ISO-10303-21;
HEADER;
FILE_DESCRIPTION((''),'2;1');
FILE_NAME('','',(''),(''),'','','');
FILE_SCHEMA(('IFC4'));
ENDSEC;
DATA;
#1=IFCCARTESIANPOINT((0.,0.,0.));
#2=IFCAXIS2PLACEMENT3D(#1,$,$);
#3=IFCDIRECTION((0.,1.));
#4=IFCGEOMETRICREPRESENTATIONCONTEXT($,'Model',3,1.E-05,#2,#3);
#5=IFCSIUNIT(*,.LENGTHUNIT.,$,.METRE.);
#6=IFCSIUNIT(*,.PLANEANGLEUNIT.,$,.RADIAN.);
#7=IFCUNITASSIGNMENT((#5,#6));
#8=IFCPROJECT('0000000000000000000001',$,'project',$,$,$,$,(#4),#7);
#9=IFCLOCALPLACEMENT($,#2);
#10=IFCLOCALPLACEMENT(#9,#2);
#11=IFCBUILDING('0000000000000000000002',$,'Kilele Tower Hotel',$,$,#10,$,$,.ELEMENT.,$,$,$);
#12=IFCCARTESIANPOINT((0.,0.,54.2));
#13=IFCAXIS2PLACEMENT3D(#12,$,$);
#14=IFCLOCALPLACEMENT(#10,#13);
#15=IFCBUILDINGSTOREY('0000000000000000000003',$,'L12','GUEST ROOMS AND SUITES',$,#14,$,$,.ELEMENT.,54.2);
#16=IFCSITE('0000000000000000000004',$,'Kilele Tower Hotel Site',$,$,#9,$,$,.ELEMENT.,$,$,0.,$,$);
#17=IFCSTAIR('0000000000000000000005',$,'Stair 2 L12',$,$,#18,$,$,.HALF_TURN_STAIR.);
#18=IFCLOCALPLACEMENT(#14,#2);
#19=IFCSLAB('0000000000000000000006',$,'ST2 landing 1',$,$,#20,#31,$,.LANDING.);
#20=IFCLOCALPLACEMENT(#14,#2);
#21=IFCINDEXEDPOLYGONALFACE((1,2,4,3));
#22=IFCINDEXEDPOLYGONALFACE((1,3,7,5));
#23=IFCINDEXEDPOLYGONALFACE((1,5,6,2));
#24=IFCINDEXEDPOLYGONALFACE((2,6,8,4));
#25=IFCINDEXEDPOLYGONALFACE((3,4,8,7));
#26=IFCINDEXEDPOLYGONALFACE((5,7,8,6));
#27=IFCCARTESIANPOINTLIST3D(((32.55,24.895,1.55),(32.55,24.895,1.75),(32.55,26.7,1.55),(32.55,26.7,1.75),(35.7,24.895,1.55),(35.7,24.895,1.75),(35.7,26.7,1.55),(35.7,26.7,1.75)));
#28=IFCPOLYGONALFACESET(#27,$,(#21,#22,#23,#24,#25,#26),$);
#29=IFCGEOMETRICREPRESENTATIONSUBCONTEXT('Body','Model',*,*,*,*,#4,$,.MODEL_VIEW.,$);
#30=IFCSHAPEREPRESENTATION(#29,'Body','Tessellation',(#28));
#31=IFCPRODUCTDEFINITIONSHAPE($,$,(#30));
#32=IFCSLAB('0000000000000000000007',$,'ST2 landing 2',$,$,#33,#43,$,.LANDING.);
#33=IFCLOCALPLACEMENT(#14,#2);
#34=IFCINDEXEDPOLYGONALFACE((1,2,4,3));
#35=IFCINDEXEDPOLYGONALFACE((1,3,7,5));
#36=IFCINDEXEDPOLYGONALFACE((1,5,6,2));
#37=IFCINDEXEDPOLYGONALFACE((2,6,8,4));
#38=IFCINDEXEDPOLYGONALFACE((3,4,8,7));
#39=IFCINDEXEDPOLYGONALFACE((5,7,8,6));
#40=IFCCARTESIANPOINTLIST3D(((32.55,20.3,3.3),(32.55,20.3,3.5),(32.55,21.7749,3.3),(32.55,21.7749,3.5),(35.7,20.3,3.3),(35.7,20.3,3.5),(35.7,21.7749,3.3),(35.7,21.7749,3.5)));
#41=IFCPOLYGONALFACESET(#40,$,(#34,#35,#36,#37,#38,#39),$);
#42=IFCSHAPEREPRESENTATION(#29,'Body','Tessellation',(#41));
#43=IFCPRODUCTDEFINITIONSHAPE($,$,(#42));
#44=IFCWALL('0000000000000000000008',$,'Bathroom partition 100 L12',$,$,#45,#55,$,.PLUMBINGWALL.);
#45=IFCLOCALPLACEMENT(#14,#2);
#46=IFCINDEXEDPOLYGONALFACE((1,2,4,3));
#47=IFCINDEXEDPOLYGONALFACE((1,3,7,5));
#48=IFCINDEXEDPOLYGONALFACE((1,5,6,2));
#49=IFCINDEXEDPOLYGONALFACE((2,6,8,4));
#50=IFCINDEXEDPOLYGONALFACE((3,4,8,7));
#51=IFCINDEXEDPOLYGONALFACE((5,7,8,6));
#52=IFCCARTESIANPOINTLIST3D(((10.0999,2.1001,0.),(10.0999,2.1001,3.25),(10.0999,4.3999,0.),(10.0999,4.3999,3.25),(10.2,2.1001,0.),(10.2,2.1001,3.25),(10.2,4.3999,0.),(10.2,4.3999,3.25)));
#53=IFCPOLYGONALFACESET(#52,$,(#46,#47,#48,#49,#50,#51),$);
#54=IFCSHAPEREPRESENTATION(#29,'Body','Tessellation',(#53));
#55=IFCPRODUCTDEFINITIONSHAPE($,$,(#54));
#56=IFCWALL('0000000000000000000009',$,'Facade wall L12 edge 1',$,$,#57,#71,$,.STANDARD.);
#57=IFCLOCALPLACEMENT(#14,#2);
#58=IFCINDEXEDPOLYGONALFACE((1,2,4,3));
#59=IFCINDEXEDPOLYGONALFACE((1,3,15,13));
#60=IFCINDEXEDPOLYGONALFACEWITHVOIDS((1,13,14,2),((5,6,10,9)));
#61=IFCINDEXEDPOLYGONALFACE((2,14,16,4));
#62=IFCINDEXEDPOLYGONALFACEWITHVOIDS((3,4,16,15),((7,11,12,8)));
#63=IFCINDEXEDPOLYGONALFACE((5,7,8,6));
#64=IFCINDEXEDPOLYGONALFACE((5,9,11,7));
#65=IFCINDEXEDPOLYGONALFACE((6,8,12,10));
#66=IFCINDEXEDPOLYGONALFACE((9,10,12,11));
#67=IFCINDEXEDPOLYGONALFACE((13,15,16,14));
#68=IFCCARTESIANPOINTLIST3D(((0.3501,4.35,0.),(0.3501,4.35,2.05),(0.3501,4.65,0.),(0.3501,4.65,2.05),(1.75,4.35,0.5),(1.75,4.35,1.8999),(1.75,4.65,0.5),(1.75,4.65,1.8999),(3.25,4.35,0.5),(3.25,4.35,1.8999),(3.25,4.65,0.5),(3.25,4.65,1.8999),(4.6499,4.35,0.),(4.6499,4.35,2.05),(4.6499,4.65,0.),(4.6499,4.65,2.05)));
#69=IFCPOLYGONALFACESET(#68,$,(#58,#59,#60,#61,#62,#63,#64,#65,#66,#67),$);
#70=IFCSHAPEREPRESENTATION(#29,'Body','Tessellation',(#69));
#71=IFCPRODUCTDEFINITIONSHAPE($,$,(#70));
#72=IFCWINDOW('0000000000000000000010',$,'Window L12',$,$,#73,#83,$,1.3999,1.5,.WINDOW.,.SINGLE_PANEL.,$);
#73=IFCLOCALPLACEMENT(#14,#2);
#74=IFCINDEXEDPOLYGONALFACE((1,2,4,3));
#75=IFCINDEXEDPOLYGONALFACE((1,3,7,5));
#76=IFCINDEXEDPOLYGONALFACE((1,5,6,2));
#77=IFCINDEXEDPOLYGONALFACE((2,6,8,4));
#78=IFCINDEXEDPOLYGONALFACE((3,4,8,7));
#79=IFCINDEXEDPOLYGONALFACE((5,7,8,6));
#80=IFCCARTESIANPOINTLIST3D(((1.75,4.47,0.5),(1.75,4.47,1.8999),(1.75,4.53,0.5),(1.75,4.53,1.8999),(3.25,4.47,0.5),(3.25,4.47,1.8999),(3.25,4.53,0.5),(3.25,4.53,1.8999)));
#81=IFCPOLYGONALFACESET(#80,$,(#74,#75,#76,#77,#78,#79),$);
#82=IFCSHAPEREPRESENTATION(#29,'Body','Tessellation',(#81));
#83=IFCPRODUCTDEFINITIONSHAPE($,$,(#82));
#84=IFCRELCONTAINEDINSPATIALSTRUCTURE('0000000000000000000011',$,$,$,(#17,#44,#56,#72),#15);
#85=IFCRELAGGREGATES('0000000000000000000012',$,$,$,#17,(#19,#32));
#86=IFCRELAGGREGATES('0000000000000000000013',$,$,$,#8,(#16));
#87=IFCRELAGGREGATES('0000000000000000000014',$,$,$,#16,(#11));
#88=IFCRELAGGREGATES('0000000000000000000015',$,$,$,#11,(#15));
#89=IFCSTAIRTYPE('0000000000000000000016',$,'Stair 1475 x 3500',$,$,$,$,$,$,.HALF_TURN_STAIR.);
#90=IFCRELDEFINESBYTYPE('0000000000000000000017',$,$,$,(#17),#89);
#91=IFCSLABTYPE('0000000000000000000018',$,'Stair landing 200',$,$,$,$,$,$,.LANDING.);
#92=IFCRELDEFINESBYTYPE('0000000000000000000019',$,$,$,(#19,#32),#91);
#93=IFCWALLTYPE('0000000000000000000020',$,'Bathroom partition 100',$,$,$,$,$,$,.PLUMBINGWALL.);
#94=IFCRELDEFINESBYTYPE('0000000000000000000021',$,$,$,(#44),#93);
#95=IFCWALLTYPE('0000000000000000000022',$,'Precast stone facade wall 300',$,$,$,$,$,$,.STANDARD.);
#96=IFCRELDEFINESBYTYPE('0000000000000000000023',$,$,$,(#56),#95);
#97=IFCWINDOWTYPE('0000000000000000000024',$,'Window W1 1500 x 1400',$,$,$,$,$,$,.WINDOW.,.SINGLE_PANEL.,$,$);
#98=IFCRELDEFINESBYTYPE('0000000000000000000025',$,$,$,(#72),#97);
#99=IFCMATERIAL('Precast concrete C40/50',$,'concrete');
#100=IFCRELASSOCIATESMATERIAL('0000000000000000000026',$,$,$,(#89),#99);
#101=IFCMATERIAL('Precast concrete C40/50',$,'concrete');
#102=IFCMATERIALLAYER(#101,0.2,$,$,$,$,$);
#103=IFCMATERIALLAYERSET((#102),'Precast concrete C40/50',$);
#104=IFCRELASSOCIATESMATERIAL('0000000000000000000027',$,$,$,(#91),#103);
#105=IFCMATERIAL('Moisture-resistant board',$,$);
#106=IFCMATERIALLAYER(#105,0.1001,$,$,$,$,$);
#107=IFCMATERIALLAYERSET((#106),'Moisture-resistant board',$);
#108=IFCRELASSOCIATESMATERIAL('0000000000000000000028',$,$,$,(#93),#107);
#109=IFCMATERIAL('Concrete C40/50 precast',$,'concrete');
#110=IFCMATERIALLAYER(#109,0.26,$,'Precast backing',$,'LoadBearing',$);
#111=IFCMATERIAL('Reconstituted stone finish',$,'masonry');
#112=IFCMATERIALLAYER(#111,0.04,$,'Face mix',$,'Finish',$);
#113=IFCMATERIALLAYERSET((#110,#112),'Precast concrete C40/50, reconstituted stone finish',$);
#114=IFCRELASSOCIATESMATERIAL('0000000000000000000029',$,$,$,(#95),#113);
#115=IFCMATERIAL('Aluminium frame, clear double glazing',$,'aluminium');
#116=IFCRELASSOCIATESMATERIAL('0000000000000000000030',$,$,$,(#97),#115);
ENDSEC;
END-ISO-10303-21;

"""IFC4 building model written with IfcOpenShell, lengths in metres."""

from ifc_helpers import new_model, si_unit, direction, frame, frame_2d, origin, place, context, subcontext, project, spatial, polyline, rectangle, outline, extrude, material, layer, layer_set, type_object, element, fill, aggregate, save


model = new_model("IFC4")

# Units and contexts
model_context = context("Model", 3, precision=1e-05, world=origin(), true_north=direction((0.0, 1.0)))
body_context = subcontext(model_context, "Body", "Model", "MODEL_VIEW")
ifc_project = project(units=[si_unit("LENGTHUNIT", "METRE"), si_unit("PLANEANGLEUNIT", "RADIAN")], contexts=[model_context])

# Site, building, storey
site_placement = place(None, origin())
site = spatial("IfcSite", under=ifc_project, at=site_placement, Name="Kilele Tower Hotel Site", CompositionType="ELEMENT", RefElevation=0.0)
building_placement = place(site_placement, origin())
building = spatial("IfcBuilding", under=site, at=building_placement, Name="Kilele Tower Hotel", CompositionType="ELEMENT")
storey_placement = place(building_placement, frame((0.0, 0.0, 54.2)))
storey = spatial("IfcBuildingStorey", under=building, at=storey_placement, Name="L12", Description="GUEST ROOMS AND SUITES", CompositionType="ELEMENT", Elevation=54.2)

# Stair, slabs
ifc_material_1 = material(Name="Precast concrete C40/50", Category="concrete")
stair_type = type_object("IfcStairType", Name="Stair 1475 x 3500", PredefinedType="HALF_TURN_STAIR", material=ifc_material_1)
ifc_material_2 = material(Name="Precast concrete C40/50", Category="concrete")
ifc_layer_1 = layer(ifc_material_2, 0.2)
ifc_layer_set_1 = layer_set([ifc_layer_1], Name="Precast concrete C40/50")
slab_type_1 = type_object("IfcSlabType", Name="Stair landing 200", PredefinedType="LANDING", material=ifc_layer_set_1)
stair_1_placement = place(storey_placement, origin())
stair_1 = element("IfcStair", 1, at=stair_1_placement, inside=storey, type_object=stair_type, Name="Stair 2 L12", PredefinedType="HALF_TURN_STAIR")
slab_1_placement = place(storey_placement, frame((0.0, 0.0, 1.55)))
slab_1 = element("IfcSlab", 2, at=slab_1_placement, type_object=slab_type_1, Name="ST2 landing 1", PredefinedType="LANDING", context=body_context, shape_type="SweptSolid", body=[
    extrude(outline(polyline([(32.55, 24.895), (35.7, 24.895), (35.7, 26.7), (32.55, 26.7), (32.55, 24.895)])), origin(), (0.0, 0.0, 1.0), 0.2),
])
slab_2_placement = place(storey_placement, frame((0.0, 0.0, 3.3)))
slab_2 = element("IfcSlab", 3, at=slab_2_placement, type_object=slab_type_1, Name="ST2 landing 2", PredefinedType="LANDING", context=body_context, shape_type="SweptSolid", body=[
    extrude(outline(polyline([(32.55, 20.3), (35.7, 20.3), (35.7, 21.7749), (32.55, 21.7749), (32.55, 20.3)])), origin(), (0.0, 0.0, 1.0), 0.2),
])
aggregate(stair_1, [slab_1, slab_2])

# Wall
ifc_material_3 = material(Name="Moisture-resistant board")
ifc_layer_2 = layer(ifc_material_3, 0.1001)
ifc_layer_set_2 = layer_set([ifc_layer_2], Name="Moisture-resistant board")
wall_type_1 = type_object("IfcWallType", Name="Bathroom partition 100", PredefinedType="PLUMBINGWALL", material=ifc_layer_set_2)
wall_1_placement = place(storey_placement, frame((10.1499, 4.3999, 0.0), z_axis=(0.0, 0.0, 1.0), x_axis=(0.0, -1.0, 0.0)))
element("IfcWall", 4, at=wall_1_placement, inside=storey, type_object=wall_type_1, Name="Bathroom partition 100 L12", PredefinedType="PLUMBINGWALL", context=body_context, shape_type="SweptSolid", body=[
    extrude(rectangle(XDim=2.2998, YDim=0.1001, at=frame_2d((1.1499, 0.0))), origin(), (0.0, 0.0, 1.0), 3.25),
])

# Wall, opening, window
ifc_material_4 = material(Name="Concrete C40/50 precast", Category="concrete")
ifc_layer_3 = layer(ifc_material_4, 0.26, Name="Precast backing", Category="LoadBearing")
ifc_material_5 = material(Name="Reconstituted stone finish", Category="masonry")
ifc_layer_4 = layer(ifc_material_5, 0.04, Name="Face mix", Category="Finish")
ifc_layer_set_3 = layer_set([ifc_layer_3, ifc_layer_4], Name="Precast concrete C40/50, reconstituted stone finish")
wall_type_2 = type_object("IfcWallType", Name="Precast stone facade wall 300", PredefinedType="STANDARD", material=ifc_layer_set_3)
wall_2_placement = place(storey_placement, frame((0.3501, 4.5, 0.0), z_axis=(0.0, 0.0, 1.0), x_axis=(1.0, 0.0, 0.0)))
wall_2 = element("IfcWall", 5, at=wall_2_placement, inside=storey, type_object=wall_type_2, Name="Facade wall L12 edge 1", PredefinedType="STANDARD", context=body_context, shape_type="SweptSolid", body=[
    extrude(rectangle(XDim=4.2998, YDim=0.3, at=frame_2d((2.1499, 0.0))), origin(), (0.0, 0.0, 1.0), 2.05),
])
opening_1_placement = place(wall_2_placement, frame((1.3999, 0.0, 0.5)))
opening_1 = element("IfcOpeningElement", 6, at=opening_1_placement, cuts=wall_2, PredefinedType="OPENING", context=body_context, shape_type="SweptSolid", body=[
    extrude(rectangle(XDim=1.5, YDim=1.3999, at=frame_2d((0.75, 0.7))), frame((0.0, 0.1599, 0.0), z_axis=(0.0, -1.0, 0.0), x_axis=(1.0, 0.0, 0.0)), (0.0, 0.0, 1.0), 0.3201),
])
ifc_material_6 = material(Name="Aluminium frame, clear double glazing", Category="aluminium")
window_type = type_object("IfcWindowType", Name="Window W1 1500 x 1400", PartitioningType="SINGLE_PANEL", PredefinedType="WINDOW", material=ifc_material_6)
window_1_placement = place(opening_1_placement, origin())
window_1 = element("IfcWindow", 7, at=window_1_placement, inside=storey, type_object=window_type, Name="Window L12", OverallHeight=1.3999, OverallWidth=1.5, PartitioningType="SINGLE_PANEL", PredefinedType="WINDOW", context=body_context, shape_type="SweptSolid", body=[
    extrude(rectangle(XDim=1.5, YDim=1.3999, at=frame_2d((0.75, 0.7))), frame((0.0, 0.03, 0.0), z_axis=(0.0, -1.0, 0.0), x_axis=(1.0, 0.0, 0.0)), (0.0, 0.0, 1.0), 0.0601),
])
fill(opening_1, window_1)

save(model, "model.ifc")
